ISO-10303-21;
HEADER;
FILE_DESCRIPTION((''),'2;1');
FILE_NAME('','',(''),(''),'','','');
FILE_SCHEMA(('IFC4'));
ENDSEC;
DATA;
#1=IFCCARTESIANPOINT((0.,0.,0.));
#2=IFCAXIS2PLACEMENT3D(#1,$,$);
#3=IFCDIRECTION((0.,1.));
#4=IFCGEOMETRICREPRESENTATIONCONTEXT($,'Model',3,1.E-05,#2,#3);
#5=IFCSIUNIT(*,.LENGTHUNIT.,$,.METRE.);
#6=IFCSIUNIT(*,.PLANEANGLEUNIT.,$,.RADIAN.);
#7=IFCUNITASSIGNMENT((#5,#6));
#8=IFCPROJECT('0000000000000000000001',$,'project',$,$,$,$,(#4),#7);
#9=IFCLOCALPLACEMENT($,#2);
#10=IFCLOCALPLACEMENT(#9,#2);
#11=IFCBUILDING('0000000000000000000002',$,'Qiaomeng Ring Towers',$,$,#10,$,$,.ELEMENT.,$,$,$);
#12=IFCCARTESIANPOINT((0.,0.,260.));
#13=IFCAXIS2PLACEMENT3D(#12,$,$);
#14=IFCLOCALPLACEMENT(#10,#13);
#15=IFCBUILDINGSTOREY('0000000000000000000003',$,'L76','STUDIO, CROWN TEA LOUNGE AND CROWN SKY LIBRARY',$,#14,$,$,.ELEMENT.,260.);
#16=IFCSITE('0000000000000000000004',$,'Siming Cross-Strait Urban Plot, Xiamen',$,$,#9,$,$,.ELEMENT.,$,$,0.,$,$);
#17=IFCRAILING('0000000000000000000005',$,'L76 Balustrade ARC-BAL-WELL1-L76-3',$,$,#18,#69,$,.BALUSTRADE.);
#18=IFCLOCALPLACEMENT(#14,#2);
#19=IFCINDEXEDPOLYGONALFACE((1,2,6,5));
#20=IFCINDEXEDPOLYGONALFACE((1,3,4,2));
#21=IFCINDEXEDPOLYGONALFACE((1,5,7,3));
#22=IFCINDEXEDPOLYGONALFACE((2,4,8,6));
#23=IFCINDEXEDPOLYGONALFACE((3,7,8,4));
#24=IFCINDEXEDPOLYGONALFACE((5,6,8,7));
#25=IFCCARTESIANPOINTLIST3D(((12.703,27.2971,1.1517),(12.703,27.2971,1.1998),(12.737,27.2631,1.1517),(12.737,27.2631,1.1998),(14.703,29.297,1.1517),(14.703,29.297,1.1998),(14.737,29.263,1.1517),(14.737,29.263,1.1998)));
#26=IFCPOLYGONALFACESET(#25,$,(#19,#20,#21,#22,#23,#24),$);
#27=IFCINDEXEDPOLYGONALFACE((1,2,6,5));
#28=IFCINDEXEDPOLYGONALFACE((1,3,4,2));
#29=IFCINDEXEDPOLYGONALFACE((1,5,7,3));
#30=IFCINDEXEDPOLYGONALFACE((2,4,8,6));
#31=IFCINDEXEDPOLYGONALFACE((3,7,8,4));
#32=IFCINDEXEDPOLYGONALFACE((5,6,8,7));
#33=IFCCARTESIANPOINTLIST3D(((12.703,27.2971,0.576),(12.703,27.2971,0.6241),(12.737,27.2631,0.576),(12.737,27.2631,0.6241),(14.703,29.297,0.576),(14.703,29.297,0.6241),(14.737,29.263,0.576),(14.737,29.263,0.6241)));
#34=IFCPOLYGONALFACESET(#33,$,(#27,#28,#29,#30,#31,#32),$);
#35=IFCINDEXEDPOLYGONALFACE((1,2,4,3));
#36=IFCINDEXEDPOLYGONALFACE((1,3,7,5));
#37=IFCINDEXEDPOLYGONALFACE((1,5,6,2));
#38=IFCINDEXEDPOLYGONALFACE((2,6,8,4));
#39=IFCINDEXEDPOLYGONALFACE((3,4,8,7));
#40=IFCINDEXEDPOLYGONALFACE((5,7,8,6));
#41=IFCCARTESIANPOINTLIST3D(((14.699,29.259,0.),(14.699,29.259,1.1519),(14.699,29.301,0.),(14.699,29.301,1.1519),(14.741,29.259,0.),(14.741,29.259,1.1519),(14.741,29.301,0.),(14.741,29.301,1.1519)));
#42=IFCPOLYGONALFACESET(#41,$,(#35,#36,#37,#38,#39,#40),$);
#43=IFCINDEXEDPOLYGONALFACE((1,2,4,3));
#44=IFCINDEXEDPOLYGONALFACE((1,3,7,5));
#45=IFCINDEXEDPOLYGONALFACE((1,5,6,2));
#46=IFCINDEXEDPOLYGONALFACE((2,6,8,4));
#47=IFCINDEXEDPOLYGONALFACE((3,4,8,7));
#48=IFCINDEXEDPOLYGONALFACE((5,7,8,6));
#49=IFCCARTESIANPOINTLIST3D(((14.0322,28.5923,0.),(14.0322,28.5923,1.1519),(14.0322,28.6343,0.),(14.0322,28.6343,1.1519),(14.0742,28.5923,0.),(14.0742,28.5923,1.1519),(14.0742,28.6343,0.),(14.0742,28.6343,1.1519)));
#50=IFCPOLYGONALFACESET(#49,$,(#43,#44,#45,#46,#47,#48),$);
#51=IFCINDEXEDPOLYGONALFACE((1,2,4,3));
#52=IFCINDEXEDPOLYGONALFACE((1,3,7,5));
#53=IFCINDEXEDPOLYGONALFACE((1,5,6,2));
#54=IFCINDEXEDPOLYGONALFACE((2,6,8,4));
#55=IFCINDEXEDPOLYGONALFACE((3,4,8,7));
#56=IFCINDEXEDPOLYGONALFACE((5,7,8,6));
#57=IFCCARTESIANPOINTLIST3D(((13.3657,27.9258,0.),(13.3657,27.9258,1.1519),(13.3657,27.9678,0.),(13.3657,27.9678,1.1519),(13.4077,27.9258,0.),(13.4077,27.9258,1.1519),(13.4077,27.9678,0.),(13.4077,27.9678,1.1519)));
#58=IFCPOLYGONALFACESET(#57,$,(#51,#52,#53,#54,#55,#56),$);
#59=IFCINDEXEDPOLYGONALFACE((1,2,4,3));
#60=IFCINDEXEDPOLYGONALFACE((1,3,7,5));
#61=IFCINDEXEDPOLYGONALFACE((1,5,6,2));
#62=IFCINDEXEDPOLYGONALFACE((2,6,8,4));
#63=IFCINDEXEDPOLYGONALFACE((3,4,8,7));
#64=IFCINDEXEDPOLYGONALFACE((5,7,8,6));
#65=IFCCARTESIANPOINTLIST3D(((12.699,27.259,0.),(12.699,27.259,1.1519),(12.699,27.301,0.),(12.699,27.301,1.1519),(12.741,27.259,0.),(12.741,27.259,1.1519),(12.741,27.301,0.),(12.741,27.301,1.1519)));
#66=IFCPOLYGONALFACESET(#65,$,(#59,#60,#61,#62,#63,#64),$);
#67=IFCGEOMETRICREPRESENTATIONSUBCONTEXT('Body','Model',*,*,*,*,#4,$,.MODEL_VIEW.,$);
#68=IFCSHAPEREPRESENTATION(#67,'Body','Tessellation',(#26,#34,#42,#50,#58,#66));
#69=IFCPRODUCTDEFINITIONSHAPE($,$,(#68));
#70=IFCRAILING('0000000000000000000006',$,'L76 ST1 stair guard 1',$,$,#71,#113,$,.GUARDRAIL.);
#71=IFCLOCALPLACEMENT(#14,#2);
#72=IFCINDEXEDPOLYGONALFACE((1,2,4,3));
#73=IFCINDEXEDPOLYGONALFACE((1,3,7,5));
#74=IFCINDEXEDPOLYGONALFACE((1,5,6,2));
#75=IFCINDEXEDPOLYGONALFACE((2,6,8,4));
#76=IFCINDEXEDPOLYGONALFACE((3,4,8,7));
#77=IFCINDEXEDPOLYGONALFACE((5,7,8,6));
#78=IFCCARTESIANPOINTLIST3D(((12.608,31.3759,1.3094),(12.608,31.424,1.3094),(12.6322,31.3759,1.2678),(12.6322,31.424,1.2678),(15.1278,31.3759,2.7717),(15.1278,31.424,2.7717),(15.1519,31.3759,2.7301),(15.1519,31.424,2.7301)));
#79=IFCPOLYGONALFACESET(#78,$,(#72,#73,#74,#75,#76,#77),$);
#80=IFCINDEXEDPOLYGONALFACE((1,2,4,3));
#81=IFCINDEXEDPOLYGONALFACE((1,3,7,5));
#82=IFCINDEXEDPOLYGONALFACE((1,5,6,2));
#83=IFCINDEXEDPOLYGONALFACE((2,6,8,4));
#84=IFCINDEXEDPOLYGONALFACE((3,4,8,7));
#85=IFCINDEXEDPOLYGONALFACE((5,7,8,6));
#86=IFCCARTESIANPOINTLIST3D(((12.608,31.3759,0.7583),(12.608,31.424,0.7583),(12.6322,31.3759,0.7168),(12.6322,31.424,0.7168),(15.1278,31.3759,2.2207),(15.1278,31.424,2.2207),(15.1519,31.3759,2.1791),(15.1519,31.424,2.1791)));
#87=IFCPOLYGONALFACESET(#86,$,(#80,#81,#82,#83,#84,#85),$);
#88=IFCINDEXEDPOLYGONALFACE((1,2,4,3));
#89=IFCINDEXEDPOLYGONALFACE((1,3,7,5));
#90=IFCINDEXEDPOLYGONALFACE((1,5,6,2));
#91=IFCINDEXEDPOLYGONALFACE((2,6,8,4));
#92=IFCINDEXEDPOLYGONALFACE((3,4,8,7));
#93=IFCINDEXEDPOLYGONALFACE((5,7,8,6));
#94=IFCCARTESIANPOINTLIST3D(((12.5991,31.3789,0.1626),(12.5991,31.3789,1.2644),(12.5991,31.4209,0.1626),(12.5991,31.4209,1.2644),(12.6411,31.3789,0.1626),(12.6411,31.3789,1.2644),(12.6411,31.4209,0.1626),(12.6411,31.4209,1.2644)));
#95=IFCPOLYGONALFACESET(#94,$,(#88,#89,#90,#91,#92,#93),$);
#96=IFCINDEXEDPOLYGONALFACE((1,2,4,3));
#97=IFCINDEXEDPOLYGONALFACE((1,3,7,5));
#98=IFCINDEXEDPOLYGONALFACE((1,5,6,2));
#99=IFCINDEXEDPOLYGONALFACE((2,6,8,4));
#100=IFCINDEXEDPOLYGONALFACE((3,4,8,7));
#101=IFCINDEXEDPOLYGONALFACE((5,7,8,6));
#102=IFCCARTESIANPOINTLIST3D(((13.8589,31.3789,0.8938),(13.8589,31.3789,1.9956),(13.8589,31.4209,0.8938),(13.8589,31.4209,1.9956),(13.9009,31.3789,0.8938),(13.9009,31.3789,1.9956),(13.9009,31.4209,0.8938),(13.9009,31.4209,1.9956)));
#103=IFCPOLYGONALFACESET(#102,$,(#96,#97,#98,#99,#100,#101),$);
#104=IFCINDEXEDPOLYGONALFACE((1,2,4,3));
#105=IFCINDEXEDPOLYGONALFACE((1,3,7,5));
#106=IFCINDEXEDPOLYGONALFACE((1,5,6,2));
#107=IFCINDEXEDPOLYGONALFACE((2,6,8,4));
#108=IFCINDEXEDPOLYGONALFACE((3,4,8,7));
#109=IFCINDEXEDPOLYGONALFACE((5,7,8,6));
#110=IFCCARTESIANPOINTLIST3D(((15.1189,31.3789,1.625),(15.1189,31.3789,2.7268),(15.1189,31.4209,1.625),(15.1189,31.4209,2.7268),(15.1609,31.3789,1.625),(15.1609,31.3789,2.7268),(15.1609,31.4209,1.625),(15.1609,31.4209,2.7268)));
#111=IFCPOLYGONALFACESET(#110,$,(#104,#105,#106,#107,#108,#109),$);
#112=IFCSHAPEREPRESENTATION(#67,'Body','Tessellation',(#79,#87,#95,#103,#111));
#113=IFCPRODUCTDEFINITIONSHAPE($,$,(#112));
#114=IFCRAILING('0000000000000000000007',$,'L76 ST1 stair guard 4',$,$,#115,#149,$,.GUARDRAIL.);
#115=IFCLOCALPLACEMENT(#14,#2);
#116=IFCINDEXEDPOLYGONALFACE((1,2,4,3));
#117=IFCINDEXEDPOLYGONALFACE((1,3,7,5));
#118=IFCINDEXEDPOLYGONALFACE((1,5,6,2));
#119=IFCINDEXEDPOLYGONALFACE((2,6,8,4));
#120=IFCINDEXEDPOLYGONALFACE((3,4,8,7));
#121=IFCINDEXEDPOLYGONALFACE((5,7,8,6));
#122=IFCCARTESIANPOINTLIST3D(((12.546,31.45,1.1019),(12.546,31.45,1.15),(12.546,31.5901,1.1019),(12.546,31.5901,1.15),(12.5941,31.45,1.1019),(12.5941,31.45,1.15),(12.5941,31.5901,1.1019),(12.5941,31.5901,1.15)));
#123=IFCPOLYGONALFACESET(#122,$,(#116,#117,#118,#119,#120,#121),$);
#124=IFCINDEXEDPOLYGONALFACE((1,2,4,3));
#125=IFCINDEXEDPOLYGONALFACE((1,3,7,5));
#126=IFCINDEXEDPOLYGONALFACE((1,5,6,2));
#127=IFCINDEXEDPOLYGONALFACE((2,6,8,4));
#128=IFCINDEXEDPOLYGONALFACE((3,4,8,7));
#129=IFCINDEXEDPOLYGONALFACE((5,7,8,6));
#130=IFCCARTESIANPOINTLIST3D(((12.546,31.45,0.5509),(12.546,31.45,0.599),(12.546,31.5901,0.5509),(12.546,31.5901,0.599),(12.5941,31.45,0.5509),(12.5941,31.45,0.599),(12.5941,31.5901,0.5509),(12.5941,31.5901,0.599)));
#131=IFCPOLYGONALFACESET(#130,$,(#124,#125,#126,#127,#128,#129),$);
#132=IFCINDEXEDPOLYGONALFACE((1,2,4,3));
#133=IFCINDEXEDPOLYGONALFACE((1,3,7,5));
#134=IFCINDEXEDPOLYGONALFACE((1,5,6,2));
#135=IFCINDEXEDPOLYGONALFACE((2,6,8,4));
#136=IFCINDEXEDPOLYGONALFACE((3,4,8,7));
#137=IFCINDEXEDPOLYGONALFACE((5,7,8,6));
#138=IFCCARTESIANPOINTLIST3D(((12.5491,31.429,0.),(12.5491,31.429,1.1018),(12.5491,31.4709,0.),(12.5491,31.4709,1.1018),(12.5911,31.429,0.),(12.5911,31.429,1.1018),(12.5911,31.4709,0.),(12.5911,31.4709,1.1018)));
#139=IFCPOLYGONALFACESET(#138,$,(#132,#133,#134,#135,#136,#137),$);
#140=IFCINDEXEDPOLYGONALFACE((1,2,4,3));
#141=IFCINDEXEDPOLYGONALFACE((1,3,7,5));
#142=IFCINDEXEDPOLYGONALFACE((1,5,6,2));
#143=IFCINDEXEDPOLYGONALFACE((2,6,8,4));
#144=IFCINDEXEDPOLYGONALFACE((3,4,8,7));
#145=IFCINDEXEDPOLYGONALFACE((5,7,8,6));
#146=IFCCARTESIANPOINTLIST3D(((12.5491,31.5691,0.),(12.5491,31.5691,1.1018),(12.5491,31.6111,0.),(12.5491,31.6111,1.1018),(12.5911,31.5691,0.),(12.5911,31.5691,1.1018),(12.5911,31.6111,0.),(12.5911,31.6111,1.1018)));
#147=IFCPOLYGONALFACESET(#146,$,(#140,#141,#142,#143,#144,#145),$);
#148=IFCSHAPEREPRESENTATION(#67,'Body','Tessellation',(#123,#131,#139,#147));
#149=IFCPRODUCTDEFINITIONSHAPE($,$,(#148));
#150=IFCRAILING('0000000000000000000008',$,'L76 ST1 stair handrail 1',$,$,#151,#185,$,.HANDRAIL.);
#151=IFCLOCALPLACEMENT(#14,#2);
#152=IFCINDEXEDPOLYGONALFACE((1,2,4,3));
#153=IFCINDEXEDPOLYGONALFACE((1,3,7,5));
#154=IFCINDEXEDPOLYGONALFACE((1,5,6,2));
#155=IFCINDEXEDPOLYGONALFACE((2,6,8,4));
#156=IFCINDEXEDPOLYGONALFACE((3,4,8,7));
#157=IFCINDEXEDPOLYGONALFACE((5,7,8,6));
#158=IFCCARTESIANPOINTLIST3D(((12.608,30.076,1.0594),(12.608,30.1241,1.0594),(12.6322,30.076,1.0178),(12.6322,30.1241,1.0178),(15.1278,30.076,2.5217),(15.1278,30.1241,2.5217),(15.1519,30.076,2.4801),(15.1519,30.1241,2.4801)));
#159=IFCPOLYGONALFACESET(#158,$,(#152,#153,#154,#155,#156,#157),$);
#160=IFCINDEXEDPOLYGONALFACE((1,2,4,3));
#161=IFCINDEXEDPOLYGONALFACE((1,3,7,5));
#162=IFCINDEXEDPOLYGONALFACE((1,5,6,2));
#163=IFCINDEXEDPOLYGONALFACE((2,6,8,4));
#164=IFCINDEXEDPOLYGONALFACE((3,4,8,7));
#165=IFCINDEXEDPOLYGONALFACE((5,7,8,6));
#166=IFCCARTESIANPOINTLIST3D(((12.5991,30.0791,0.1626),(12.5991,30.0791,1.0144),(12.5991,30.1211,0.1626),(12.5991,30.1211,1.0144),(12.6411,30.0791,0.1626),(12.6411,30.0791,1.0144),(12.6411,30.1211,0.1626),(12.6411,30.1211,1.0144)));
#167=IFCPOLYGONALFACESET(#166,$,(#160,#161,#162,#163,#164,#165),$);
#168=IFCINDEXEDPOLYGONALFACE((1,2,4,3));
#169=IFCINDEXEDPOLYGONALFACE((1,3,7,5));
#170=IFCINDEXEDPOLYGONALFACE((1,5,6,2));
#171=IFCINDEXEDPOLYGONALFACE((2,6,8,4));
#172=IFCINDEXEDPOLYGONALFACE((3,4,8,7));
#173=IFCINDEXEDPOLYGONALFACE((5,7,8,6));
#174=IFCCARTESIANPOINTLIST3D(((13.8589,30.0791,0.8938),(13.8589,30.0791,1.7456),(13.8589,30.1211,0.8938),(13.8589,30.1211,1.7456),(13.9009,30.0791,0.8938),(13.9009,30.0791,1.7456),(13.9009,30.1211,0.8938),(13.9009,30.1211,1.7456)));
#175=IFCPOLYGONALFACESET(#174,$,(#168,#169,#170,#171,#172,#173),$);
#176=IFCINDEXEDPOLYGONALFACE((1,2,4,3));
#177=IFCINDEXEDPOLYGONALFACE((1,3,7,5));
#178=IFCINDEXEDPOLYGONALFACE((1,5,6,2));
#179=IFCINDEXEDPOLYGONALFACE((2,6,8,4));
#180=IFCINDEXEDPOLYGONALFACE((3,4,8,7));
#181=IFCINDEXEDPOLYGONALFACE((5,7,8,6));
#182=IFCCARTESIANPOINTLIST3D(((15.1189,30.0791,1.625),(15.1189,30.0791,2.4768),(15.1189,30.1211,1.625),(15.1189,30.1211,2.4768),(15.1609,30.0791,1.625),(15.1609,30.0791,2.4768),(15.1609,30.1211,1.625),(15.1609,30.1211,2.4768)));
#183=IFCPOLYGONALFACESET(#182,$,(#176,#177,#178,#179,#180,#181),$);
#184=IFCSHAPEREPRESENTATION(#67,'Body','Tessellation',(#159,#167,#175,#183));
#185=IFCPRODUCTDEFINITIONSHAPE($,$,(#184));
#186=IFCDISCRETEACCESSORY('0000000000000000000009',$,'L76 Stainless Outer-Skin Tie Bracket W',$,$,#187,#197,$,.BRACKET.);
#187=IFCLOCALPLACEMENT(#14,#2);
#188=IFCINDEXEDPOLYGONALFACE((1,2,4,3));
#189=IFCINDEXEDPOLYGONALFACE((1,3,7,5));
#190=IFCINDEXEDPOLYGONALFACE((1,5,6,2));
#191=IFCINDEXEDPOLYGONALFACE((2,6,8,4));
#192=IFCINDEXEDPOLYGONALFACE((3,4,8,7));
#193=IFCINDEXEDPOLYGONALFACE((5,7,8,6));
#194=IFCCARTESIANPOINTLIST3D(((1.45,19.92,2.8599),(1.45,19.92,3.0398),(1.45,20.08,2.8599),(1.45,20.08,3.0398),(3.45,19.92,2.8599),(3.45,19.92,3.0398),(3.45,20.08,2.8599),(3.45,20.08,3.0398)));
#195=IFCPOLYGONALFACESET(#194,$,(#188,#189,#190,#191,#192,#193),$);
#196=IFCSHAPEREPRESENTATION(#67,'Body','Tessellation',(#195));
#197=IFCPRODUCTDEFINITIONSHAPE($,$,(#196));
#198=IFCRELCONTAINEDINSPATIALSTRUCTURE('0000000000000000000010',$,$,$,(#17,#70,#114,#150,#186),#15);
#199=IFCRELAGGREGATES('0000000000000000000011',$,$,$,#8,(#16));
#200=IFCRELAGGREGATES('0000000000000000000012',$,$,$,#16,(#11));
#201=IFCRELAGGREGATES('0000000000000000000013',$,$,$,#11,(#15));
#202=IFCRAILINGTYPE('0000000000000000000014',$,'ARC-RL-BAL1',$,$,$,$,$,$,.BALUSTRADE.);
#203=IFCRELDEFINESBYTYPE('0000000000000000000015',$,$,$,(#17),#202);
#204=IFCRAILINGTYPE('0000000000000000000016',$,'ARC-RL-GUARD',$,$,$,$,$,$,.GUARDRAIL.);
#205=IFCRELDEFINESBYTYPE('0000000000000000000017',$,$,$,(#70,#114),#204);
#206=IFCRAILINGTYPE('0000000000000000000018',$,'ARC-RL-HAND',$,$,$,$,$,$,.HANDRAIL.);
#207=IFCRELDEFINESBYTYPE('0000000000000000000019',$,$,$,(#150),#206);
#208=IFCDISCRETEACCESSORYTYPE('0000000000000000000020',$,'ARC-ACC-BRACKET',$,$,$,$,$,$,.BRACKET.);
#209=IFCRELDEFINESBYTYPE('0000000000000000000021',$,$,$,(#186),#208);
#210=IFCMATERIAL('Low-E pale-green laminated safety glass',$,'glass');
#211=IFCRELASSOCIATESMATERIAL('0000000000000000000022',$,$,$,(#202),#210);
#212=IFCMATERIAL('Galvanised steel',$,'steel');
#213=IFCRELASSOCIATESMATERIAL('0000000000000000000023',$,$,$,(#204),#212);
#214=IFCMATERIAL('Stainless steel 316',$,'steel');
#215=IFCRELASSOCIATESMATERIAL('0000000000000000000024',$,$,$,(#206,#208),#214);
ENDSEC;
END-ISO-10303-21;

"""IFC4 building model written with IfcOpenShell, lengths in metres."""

from ifc_helpers import new_model, si_unit, direction, frame, origin, origin_2d, place, context, subcontext, project, spatial, rectangle, extrude, source, transform, mapped, material, type_object, element, save


model = new_model("IFC4")

# Units and contexts
model_context = context("Model", 3, precision=1e-05, world=origin(), true_north=direction((0.0, 1.0)))
body_context = subcontext(model_context, "Body", "Model", "MODEL_VIEW")
ifc_project = project(units=[si_unit("LENGTHUNIT", "METRE"), si_unit("PLANEANGLEUNIT", "RADIAN")], contexts=[model_context])

# Site, building, storey
site_placement = place(None, origin())
site = spatial("IfcSite", under=ifc_project, at=site_placement, Name="Siming Cross-Strait Urban Plot, Xiamen", CompositionType="ELEMENT", RefElevation=0.0)
building_placement = place(site_placement, origin())
building = spatial("IfcBuilding", under=site, at=building_placement, Name="Qiaomeng Ring Towers", CompositionType="ELEMENT")
storey_placement = place(building_placement, frame((0.0, 0.0, 260.0)))
storey = spatial("IfcBuildingStorey", under=building, at=storey_placement, Name="L76", Description="STUDIO, CROWN TEA LOUNGE AND CROWN SKY LIBRARY", CompositionType="ELEMENT", Elevation=260.0)

# Shared definitions
ifc_material_1 = material(Name="Stainless steel 316", Category="steel")

# Railings
ifc_material_2 = material(Name="Low-E pale-green laminated safety glass", Category="glass")
railing_type_1 = type_object("IfcRailingType", Name="ARC-RL-BAL1", PredefinedType="BALUSTRADE", material=ifc_material_2)
railing_1_placement = place(storey_placement, frame((14.72, 29.28, 0.0)))
element("IfcRailing", 1, at=railing_1_placement, inside=storey, type_object=railing_type_1, Name="L76 Balustrade ARC-BAL-WELL1-L76-3", PredefinedType="BALUSTRADE", context=body_context, shape_type="SweptSolid", body=[
    extrude(rectangle(XDim=0.0481, YDim=0.0481, at=origin_2d()), frame((0.0, 0.0, 1.1758), z_axis=(-0.707107, -0.707107, 0.0), x_axis=(0.707107, -0.707107, 0.0)), (0.0, 0.0, 1.0), 2.8284),
    extrude(rectangle(XDim=0.0481, YDim=0.0481, at=origin_2d()), frame((0.0, 0.0, 0.6001), z_axis=(-0.707107, -0.707107, 0.0), x_axis=(0.707107, -0.707107, 0.0)), (0.0, 0.0, 1.0), 2.8284),
    extrude(rectangle(XDim=0.042, YDim=0.042, at=origin_2d()), origin(), (0.0, 0.0, 1.0), 1.1519),
    extrude(rectangle(XDim=0.042, YDim=0.042, at=origin_2d()), frame((-0.6667, -0.6667, 0.0)), (0.0, 0.0, 1.0), 1.1519),
    extrude(rectangle(XDim=0.042, YDim=0.042, at=origin_2d()), frame((-1.3333, -1.3333, 0.0)), (0.0, 0.0, 1.0), 1.1519),
    extrude(rectangle(XDim=0.042, YDim=0.042, at=origin_2d()), frame((-2.0, -2.0, 0.0)), (0.0, 0.0, 1.0), 1.1519),
])
ifc_material_3 = material(Name="Galvanised steel", Category="steel")
railing_type_2 = type_object("IfcRailingType", Name="ARC-RL-GUARD", PredefinedType="GUARDRAIL", material=ifc_material_3)
railing_2_placement = place(storey_placement, frame((12.6201, 31.3999, 0.1626)))
element("IfcRailing", 2, at=railing_2_placement, inside=storey, type_object=railing_type_2, Name="L76 ST1 stair guard 1", PredefinedType="GUARDRAIL", context=body_context, shape_type="SweptSolid", body=[
    extrude(rectangle(XDim=0.0481, YDim=0.0481, at=origin_2d()), frame((0.0, 0.0, 1.126), z_axis=(0.864892, 0.0, 0.501958), x_axis=(0.0, 1.0, 0.0)), (0.0, 0.0, 1.0), 2.9133),
    extrude(rectangle(XDim=0.0481, YDim=0.0481, at=origin_2d()), frame((0.0, 0.0, 0.575), z_axis=(0.864892, 0.0, 0.501958), x_axis=(0.0, 1.0, 0.0)), (0.0, 0.0, 1.0), 2.9133),
    extrude(rectangle(XDim=0.042, YDim=0.042, at=origin_2d()), origin(), (0.0, 0.0, 1.0), 1.1018),
    extrude(rectangle(XDim=0.042, YDim=0.042, at=origin_2d()), frame((1.2598, 0.0, 0.7312)), (0.0, 0.0, 1.0), 1.1018),
    extrude(rectangle(XDim=0.042, YDim=0.042, at=origin_2d()), frame((2.5198, 0.0, 1.4624)), (0.0, 0.0, 1.0), 1.1018),
])
railing_3_placement = place(storey_placement, frame((12.5701, 31.45, 0.0)))
element("IfcRailing", 3, at=railing_3_placement, inside=storey, type_object=railing_type_2, Name="L76 ST1 stair guard 4", PredefinedType="GUARDRAIL", context=body_context, shape_type="SweptSolid", body=[
    extrude(rectangle(XDim=0.0481, YDim=0.0481, at=origin_2d()), frame((0.0, 0.0, 1.126), z_axis=(0.0, 1.0, 0.0), x_axis=(-1.0, 0.0, 0.0)), (0.0, 0.0, 1.0), 0.1401),
    extrude(rectangle(XDim=0.0481, YDim=0.0481, at=origin_2d()), frame((0.0, 0.0, 0.575), z_axis=(0.0, 1.0, 0.0), x_axis=(-1.0, 0.0, 0.0)), (0.0, 0.0, 1.0), 0.1401),
    extrude(rectangle(XDim=0.042, YDim=0.042, at=origin_2d()), origin(), (0.0, 0.0, 1.0), 1.1018),
    extrude(rectangle(XDim=0.042, YDim=0.042, at=origin_2d()), frame((0.0, 0.1401, 0.0)), (0.0, 0.0, 1.0), 1.1018),
])
railing_type_3 = type_object("IfcRailingType", Name="ARC-RL-HAND", PredefinedType="HANDRAIL", material=ifc_material_1)
railing_4_placement = place(storey_placement, frame((12.6201, 30.1001, 0.1626)))
element("IfcRailing", 4, at=railing_4_placement, inside=storey, type_object=railing_type_3, Name="L76 ST1 stair handrail 1", PredefinedType="HANDRAIL", context=body_context, shape_type="SweptSolid", body=[
    extrude(rectangle(XDim=0.0481, YDim=0.0481, at=origin_2d()), frame((0.0, 0.0, 0.876), z_axis=(0.864892, 0.0, 0.501958), x_axis=(0.0, 1.0, 0.0)), (0.0, 0.0, 1.0), 2.9133),
    extrude(rectangle(XDim=0.042, YDim=0.042, at=origin_2d()), origin(), (0.0, 0.0, 1.0), 0.8518),
    extrude(rectangle(XDim=0.042, YDim=0.042, at=origin_2d()), frame((1.2598, 0.0, 0.7312)), (0.0, 0.0, 1.0), 0.8518),
    extrude(rectangle(XDim=0.042, YDim=0.042, at=origin_2d()), frame((2.5198, 0.0, 1.4624)), (0.0, 0.0, 1.0), 0.8518),
])

# Discrete accessory
discrete_accessory_type = type_object("IfcDiscreteAccessoryType", Name="ARC-ACC-BRACKET", PredefinedType="BRACKET", material=ifc_material_1)
shared_shape_1 = source(origin(), body_context, "Body", "SweptSolid", [
    extrude(rectangle(XDim=2.0, YDim=0.1599, at=origin_2d()), origin(), (0.0, 0.0, 1.0), 0.1799),
])
discrete_accessory_placement = place(storey_placement, frame((2.45, 20.0, 2.8599), z_axis=(0.0, 0.0, 1.0), x_axis=(1.0, 0.0, 0.0)))
element("IfcDiscreteAccessory", 5, at=discrete_accessory_placement, inside=storey, type_object=discrete_accessory_type, Name="L76 Stainless Outer-Skin Tie Bracket W", PredefinedType="BRACKET", context=body_context, shape_type="MappedRepresentation", body=[
    mapped(shared_shape_1, transform((0.0, 0.0, 0.0), x_axis=(1.0, 0.0, 0.0), y_axis=(0.0, 1.0, 0.0), z_axis=(0.0, 0.0, 1.0), scale=1.0)),
])

save(model, "model.ifc")
